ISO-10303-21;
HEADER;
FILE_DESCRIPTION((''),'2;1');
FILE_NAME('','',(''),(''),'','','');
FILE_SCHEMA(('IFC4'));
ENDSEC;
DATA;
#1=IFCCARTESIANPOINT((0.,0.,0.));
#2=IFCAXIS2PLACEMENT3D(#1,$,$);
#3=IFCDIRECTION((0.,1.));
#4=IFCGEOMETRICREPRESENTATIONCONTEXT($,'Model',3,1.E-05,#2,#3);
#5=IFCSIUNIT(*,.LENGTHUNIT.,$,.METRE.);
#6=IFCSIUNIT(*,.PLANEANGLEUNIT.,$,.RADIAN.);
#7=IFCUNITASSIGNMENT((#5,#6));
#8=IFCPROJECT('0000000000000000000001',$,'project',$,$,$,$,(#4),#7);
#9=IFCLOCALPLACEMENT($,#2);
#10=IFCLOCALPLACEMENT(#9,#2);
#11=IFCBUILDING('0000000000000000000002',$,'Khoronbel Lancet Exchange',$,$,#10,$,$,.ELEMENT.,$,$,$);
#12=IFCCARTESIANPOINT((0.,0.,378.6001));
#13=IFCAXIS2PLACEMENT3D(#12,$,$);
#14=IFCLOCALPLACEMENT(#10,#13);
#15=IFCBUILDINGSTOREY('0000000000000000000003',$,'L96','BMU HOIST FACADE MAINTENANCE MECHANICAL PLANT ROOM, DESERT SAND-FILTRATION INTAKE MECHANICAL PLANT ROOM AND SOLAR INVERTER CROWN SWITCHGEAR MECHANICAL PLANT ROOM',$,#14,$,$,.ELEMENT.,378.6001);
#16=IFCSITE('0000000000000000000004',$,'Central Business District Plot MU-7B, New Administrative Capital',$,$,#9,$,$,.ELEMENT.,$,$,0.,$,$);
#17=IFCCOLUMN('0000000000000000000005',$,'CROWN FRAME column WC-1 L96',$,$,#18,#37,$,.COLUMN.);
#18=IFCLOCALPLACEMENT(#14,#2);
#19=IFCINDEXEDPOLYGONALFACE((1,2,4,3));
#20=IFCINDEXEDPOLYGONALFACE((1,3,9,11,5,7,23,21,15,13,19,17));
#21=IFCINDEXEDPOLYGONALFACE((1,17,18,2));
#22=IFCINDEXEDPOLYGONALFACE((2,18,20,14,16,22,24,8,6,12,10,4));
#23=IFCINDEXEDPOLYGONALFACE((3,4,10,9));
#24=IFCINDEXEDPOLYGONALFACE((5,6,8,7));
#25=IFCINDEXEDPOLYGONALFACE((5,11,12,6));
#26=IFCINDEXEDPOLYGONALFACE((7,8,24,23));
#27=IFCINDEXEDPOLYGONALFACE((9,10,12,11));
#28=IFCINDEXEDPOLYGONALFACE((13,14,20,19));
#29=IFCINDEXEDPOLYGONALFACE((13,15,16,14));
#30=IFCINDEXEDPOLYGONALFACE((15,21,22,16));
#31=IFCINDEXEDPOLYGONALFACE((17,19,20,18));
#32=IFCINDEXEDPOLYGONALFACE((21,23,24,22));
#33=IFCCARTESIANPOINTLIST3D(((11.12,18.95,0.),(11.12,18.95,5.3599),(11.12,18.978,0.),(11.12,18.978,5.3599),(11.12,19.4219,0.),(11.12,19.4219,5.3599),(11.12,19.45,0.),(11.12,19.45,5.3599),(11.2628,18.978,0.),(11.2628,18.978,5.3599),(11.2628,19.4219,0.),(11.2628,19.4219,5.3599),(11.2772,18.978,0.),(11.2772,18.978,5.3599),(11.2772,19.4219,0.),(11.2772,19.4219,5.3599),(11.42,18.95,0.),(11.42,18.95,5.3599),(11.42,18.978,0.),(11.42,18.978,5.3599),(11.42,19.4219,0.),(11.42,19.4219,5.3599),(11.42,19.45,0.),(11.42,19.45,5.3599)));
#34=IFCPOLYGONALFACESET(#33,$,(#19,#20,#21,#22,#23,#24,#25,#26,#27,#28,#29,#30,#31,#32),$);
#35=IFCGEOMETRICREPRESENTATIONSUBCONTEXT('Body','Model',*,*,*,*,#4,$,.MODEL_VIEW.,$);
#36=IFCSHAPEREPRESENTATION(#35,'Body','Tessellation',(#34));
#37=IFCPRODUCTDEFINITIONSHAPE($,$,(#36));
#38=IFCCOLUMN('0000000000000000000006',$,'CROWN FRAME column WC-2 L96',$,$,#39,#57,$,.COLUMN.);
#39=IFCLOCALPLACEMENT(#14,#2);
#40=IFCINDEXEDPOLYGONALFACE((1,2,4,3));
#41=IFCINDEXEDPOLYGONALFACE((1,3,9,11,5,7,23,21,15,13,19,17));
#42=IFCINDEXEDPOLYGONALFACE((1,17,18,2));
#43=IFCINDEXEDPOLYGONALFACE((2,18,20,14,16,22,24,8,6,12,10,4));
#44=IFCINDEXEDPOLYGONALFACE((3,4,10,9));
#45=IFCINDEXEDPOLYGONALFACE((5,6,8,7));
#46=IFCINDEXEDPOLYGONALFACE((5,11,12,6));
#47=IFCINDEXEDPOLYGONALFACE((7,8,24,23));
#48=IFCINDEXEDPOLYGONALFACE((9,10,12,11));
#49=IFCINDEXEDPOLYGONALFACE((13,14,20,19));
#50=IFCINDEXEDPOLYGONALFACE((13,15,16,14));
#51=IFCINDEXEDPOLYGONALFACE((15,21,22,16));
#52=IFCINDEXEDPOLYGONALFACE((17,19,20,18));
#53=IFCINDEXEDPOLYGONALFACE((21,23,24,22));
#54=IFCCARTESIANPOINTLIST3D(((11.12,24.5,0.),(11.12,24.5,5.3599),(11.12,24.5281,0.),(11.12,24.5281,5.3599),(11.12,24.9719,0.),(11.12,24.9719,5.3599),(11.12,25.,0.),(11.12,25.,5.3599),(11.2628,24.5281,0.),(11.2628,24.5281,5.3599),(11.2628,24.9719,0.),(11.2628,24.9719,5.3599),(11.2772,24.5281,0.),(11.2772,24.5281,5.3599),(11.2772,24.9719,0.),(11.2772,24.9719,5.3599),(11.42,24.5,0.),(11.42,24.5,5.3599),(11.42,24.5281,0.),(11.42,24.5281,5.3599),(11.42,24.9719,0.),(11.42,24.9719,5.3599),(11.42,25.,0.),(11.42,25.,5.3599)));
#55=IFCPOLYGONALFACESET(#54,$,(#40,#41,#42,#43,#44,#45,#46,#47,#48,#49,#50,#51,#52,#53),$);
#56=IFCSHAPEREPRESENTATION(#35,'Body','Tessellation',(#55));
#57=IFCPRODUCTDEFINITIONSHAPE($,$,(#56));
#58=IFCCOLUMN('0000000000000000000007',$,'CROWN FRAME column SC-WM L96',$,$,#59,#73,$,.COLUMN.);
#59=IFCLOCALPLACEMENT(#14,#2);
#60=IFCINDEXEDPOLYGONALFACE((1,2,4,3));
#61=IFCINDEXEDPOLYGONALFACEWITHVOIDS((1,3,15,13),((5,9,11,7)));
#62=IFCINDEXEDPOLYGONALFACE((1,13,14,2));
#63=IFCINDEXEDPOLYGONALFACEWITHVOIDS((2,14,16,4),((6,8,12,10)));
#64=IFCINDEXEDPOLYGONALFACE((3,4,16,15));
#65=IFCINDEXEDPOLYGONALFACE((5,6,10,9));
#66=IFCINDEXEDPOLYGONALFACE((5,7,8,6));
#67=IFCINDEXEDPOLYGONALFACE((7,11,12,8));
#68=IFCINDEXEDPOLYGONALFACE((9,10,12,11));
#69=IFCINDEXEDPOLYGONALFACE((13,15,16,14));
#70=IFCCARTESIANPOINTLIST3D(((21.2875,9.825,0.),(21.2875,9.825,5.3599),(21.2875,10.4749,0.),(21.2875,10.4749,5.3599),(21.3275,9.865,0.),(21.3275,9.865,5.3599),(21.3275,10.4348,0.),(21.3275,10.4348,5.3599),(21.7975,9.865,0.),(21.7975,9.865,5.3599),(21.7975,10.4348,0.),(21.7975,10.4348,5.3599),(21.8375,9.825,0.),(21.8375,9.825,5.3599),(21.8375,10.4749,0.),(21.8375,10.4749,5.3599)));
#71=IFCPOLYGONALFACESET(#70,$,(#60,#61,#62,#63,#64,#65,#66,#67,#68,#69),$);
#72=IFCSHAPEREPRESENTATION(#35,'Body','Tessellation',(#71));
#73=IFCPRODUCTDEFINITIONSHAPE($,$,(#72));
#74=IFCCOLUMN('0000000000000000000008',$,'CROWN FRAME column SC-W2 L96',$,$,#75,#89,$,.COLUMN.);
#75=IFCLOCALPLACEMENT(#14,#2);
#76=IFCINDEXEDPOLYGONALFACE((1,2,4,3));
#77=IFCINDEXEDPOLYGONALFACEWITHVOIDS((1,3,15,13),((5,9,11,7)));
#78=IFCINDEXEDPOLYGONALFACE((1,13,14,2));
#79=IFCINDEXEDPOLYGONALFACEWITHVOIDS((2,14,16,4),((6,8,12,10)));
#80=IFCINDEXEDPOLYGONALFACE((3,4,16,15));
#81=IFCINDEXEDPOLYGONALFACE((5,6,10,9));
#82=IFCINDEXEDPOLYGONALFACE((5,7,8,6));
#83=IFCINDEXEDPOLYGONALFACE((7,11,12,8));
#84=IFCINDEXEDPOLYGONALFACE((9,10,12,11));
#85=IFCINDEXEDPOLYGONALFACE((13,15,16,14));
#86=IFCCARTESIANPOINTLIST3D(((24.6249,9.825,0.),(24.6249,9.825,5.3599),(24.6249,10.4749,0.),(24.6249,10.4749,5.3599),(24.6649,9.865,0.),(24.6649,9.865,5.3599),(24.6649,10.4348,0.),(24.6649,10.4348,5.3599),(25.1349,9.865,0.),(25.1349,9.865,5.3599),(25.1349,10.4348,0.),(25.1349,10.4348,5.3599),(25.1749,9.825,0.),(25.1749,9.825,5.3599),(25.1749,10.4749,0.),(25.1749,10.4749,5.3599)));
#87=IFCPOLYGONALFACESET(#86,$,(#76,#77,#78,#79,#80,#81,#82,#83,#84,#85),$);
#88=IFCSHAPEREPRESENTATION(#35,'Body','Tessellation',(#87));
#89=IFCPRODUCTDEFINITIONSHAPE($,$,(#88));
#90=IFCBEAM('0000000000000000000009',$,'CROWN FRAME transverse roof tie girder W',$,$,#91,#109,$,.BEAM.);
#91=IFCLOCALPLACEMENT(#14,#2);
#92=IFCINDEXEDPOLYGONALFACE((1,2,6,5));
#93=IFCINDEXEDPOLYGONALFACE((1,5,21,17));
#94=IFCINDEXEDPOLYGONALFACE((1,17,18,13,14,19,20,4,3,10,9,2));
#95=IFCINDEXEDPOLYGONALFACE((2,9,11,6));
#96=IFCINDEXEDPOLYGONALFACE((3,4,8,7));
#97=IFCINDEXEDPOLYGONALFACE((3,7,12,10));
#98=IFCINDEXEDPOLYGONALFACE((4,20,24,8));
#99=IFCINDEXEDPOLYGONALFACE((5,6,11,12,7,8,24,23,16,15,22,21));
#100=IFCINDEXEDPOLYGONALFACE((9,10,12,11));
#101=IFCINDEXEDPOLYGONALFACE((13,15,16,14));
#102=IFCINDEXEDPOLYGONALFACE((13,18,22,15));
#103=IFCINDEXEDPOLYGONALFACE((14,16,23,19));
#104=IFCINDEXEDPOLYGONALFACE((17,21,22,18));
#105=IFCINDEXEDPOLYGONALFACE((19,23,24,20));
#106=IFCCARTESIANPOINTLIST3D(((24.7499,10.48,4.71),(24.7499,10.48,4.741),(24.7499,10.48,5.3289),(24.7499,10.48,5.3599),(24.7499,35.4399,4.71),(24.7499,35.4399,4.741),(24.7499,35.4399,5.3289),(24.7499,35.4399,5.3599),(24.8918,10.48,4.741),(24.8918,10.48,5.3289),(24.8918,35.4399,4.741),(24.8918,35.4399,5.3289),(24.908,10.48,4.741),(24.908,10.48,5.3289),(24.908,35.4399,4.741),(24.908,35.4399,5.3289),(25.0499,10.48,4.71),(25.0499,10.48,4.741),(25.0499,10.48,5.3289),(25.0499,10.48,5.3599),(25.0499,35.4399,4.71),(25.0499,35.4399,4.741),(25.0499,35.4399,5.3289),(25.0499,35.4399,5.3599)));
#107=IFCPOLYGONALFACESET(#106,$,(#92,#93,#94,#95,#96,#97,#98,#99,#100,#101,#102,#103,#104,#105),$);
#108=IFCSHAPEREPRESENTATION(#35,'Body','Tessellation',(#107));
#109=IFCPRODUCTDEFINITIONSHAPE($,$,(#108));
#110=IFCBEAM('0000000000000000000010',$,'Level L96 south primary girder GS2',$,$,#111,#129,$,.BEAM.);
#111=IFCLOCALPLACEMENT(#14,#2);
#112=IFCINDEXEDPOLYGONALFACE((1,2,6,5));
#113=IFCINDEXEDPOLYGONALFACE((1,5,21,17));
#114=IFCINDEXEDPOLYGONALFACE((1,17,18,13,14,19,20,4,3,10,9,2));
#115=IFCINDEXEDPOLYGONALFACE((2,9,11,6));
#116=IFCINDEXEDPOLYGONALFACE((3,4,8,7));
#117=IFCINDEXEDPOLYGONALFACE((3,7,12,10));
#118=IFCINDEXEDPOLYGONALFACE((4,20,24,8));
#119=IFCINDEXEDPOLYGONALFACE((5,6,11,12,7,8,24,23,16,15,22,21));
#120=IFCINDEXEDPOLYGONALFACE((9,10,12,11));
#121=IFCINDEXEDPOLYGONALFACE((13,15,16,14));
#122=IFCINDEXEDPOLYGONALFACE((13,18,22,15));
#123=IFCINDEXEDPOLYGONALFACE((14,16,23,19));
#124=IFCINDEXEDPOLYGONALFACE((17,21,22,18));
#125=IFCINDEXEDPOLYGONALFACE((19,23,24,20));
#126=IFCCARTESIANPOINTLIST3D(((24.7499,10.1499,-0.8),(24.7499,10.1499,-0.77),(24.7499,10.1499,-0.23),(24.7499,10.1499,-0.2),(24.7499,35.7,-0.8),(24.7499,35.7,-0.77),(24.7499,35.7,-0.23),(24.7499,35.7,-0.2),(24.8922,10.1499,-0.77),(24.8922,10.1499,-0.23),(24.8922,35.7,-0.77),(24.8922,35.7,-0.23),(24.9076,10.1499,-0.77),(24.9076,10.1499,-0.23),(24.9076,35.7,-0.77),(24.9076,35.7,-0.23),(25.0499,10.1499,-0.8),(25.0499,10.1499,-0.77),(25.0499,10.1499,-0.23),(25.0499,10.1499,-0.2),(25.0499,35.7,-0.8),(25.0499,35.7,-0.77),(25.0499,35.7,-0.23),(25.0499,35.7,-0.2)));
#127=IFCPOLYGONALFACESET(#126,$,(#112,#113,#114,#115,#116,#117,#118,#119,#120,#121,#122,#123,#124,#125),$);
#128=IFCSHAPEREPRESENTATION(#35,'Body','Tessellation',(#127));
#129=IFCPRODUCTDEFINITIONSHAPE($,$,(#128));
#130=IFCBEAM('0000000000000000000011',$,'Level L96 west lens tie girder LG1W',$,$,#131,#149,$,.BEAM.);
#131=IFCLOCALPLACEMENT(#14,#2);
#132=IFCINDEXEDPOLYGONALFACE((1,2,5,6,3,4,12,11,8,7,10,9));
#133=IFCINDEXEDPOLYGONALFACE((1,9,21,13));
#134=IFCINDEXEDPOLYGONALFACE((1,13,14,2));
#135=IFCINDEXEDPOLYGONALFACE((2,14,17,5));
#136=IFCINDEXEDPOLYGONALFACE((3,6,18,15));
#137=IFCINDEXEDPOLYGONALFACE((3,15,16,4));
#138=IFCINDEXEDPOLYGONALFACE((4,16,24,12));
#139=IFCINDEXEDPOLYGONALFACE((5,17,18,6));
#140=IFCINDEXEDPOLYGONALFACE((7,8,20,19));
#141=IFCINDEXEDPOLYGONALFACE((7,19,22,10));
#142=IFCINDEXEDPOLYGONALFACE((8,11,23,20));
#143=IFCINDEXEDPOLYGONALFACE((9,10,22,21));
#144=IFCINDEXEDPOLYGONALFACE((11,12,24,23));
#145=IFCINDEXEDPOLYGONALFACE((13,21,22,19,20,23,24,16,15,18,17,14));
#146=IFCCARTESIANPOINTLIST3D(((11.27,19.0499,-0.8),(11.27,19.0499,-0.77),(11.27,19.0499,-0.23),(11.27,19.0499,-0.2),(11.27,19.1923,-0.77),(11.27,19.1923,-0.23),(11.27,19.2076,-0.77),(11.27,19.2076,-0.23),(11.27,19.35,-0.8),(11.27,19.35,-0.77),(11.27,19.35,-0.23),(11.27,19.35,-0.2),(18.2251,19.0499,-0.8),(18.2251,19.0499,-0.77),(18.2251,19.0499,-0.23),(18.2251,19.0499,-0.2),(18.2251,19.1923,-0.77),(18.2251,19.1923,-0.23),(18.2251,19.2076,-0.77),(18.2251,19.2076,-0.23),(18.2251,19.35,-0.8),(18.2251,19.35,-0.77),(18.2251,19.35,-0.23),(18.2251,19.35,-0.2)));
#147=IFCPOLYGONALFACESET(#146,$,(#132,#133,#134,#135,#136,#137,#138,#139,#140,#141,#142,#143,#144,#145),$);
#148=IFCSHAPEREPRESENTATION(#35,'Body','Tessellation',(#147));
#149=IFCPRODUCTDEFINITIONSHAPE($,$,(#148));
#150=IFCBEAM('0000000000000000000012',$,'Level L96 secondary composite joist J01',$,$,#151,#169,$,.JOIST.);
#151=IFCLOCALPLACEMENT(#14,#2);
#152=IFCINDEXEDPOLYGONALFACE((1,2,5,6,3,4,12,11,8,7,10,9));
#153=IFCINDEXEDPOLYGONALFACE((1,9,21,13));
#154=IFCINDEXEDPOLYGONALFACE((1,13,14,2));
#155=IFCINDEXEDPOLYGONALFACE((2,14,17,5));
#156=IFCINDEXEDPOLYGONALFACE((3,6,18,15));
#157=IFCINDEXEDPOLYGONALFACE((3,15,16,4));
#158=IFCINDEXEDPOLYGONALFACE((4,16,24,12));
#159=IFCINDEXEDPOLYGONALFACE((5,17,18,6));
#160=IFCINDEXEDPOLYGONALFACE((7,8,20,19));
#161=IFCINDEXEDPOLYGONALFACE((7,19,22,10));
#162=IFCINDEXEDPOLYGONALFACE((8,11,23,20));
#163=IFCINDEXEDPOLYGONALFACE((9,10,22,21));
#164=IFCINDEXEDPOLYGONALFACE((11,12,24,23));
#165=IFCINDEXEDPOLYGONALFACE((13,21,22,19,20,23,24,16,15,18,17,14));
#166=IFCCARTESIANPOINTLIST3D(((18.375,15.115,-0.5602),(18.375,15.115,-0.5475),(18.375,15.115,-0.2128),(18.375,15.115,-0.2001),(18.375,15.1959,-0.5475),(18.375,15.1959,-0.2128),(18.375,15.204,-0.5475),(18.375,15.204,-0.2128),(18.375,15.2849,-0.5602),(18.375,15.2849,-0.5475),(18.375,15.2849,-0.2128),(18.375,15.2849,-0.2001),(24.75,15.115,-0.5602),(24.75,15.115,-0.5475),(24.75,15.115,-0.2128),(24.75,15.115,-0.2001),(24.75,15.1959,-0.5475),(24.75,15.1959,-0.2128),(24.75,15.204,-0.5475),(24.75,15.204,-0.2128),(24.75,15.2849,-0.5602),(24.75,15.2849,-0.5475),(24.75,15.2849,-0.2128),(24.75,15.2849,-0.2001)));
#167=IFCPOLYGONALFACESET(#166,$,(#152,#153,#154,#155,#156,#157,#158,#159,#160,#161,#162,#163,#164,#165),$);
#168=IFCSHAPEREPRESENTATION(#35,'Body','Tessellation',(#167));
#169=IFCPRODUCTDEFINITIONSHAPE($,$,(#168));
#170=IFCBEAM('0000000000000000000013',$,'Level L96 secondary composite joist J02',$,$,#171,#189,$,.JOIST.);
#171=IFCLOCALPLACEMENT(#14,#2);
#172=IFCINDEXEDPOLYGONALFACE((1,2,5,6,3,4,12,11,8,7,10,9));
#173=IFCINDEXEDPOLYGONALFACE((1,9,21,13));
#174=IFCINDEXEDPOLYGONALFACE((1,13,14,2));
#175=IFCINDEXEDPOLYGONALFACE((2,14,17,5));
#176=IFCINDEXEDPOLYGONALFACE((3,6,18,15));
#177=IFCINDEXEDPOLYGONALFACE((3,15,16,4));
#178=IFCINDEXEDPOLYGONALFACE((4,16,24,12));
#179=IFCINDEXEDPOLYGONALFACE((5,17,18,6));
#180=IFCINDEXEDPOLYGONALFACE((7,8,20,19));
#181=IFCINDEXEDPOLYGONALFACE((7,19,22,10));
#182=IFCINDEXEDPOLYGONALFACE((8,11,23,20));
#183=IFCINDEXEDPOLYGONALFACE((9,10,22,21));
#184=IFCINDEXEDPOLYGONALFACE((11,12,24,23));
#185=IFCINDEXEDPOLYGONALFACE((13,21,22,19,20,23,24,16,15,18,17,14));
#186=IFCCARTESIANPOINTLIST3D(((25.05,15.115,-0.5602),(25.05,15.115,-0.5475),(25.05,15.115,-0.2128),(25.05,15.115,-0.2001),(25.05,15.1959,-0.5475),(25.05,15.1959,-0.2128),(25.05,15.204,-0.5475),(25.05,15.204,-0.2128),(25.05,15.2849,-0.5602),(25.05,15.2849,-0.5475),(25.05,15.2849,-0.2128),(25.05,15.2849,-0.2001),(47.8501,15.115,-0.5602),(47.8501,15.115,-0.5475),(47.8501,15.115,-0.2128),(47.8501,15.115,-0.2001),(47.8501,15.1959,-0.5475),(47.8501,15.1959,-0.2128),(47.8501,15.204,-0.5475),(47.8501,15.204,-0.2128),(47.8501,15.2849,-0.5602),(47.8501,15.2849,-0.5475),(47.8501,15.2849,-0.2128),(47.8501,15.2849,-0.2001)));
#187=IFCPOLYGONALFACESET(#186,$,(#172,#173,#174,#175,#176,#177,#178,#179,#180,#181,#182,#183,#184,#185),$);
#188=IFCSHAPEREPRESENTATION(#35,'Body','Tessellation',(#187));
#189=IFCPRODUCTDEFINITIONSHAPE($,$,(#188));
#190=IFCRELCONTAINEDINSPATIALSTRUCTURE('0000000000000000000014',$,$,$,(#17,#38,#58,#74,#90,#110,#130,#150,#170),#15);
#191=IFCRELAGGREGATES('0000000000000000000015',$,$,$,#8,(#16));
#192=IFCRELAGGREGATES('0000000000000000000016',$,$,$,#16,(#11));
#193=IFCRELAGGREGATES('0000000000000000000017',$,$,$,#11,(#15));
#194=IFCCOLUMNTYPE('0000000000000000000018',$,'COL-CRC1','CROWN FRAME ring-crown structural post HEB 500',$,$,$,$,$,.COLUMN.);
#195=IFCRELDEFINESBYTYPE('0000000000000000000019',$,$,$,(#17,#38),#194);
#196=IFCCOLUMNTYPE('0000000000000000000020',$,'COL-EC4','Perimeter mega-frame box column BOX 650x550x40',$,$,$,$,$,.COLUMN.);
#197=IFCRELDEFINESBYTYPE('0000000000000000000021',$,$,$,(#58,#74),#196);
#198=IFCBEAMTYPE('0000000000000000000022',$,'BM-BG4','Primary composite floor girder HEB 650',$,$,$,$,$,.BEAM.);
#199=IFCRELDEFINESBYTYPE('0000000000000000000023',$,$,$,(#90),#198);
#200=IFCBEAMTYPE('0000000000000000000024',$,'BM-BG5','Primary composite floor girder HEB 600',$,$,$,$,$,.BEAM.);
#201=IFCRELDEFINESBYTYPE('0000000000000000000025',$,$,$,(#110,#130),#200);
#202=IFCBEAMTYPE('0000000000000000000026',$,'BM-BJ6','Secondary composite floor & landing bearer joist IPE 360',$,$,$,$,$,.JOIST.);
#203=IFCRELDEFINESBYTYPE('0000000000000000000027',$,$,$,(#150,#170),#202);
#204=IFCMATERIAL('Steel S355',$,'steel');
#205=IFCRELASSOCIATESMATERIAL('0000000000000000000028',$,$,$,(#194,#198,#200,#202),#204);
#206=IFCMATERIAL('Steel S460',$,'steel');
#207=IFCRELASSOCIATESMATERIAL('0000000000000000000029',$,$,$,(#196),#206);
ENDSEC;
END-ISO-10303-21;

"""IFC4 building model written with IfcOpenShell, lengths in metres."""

from ifc_helpers import new_model, si_unit, direction, frame, origin, origin_2d, place, context, subcontext, project, spatial, hollow_rectangle, i_section, extrude, material, material_profile, profile_set, type_object, element, save


model = new_model("IFC4")

# Units and contexts
model_context = context("Model", 3, precision=1e-05, world=origin(), true_north=direction((0.0, 1.0)))
body_context = subcontext(model_context, "Body", "Model", "MODEL_VIEW")
ifc_project = project(units=[si_unit("LENGTHUNIT", "METRE"), si_unit("PLANEANGLEUNIT", "RADIAN")], contexts=[model_context])

# Site, building, storey
site_placement = place(None, origin())
site = spatial("IfcSite", under=ifc_project, at=site_placement, Name="Central Business District Plot MU-7B, New Administrative Capital", CompositionType="ELEMENT", RefElevation=0.0)
building_placement = place(site_placement, origin())
building = spatial("IfcBuilding", under=site, at=building_placement, Name="Khoronbel Lancet Exchange", CompositionType="ELEMENT")
storey_placement = place(building_placement, frame((0.0, 0.0, 378.6001)))
storey = spatial("IfcBuildingStorey", under=building, at=storey_placement, Name="L96", Description="BMU HOIST FACADE MAINTENANCE MECHANICAL PLANT ROOM, DESERT SAND-FILTRATION INTAKE MECHANICAL PLANT ROOM AND SOLAR INVERTER CROWN SWITCHGEAR MECHANICAL PLANT ROOM", CompositionType="ELEMENT", Elevation=378.6001)

# Columns
ifc_material_1 = material(Name="Steel S355", Category="steel")
ifc_material_profile_1 = material_profile(ifc_material_1, i_section(OverallWidth=0.3, OverallDepth=0.5, WebThickness=0.0144, FlangeThickness=0.0281, at=origin_2d()), Name="HEB 500")
ifc_profile_set_1 = profile_set([ifc_material_profile_1], Name="Steel S355")
column_type_1 = type_object("IfcColumnType", Name="COL-CRC1", Description="CROWN FRAME ring-crown structural post HEB 500", PredefinedType="COLUMN", material=ifc_profile_set_1)
for number, where, z_axis, x_axis, name in (
    (1, (11.27, 19.2, 0.0), (0.0, 0.0, 1.0), (1.0, 0.0, 0.0), "CROWN FRAME column WC-1 L96"),
    (2, (11.27, 24.75, 0.0), (0.0, 0.0, 1.0), (1.0, 0.0, 0.0), "CROWN FRAME column WC-2 L96"),
):
    element("IfcColumn", number, at=place(storey_placement, frame(where, z_axis=z_axis, x_axis=x_axis)), inside=storey, type_object=column_type_1, Name=name, PredefinedType="COLUMN", context=body_context, shape_type="SweptSolid", body=[
        extrude(i_section(OverallWidth=0.3, OverallDepth=0.5, WebThickness=0.0144, FlangeThickness=0.0281, at=origin_2d()), origin(), (0.0, 0.0, 1.0), 5.3599),
    ])
ifc_material_2 = material(Name="Steel S460", Category="steel")
ifc_material_profile_2 = material_profile(ifc_material_2, hollow_rectangle(XDim=0.55, YDim=0.6499, WallThickness=0.04, at=origin_2d()), Name="BOX 650x550x40")
ifc_profile_set_2 = profile_set([ifc_material_profile_2], Name="Steel S460")
column_type_2 = type_object("IfcColumnType", Name="COL-EC4", Description="Perimeter mega-frame box column BOX 650x550x40", PredefinedType="COLUMN", material=ifc_profile_set_2)
for number, where, z_axis, x_axis, name in (
    (3, (21.5625, 10.1499, 0.0), (0.0, 0.0, 1.0), (1.0, 0.0, 0.0), "CROWN FRAME column SC-WM L96"),
    (4, (24.8999, 10.1499, 0.0), (0.0, 0.0, 1.0), (1.0, 0.0, 0.0), "CROWN FRAME column SC-W2 L96"),
):
    element("IfcColumn", number, at=place(storey_placement, frame(where, z_axis=z_axis, x_axis=x_axis)), inside=storey, type_object=column_type_2, Name=name, PredefinedType="COLUMN", context=body_context, shape_type="SweptSolid", body=[
        extrude(hollow_rectangle(XDim=0.55, YDim=0.6499, WallThickness=0.04, at=origin_2d()), origin(), (0.0, 0.0, 1.0), 5.3599),
    ])

# Beams
ifc_material_profile_3 = material_profile(ifc_material_1, i_section(OverallWidth=0.3, OverallDepth=0.6499, WebThickness=0.0161, FlangeThickness=0.031, at=origin_2d()), Name="HEB 650")
ifc_profile_set_3 = profile_set([ifc_material_profile_3], Name="Steel S355")
beam_type_1 = type_object("IfcBeamType", Name="BM-BG4", Description="Primary composite floor girder HEB 650", PredefinedType="BEAM", material=ifc_profile_set_3)
beam_1_placement = place(storey_placement, frame((24.8999, 10.48, 5.0349), z_axis=(0.0, 1.0, 0.0), x_axis=(-1.0, 0.0, 0.0)))
element("IfcBeam", 5, at=beam_1_placement, inside=storey, type_object=beam_type_1, Name="CROWN FRAME transverse roof tie girder W", PredefinedType="BEAM", context=body_context, shape_type="SweptSolid", body=[
    extrude(i_section(OverallWidth=0.3, OverallDepth=0.6499, WebThickness=0.0161, FlangeThickness=0.031, at=origin_2d()), origin(), (0.0, 0.0, 1.0), 24.96),
])
ifc_material_profile_4 = material_profile(ifc_material_1, i_section(OverallWidth=0.3, OverallDepth=0.6001, WebThickness=0.0154, FlangeThickness=0.03, at=origin_2d()), Name="HEB 600")
ifc_profile_set_4 = profile_set([ifc_material_profile_4], Name="Steel S355")
beam_type_2 = type_object("IfcBeamType", Name="BM-BG5", Description="Primary composite floor girder HEB 600", PredefinedType="BEAM", material=ifc_profile_set_4)
beam_2_placement = place(storey_placement, frame((24.8999, 10.1499, -0.5), z_axis=(0.0, 1.0, 0.0), x_axis=(-1.0, 0.0, 0.0)))
element("IfcBeam", 6, at=beam_2_placement, inside=storey, type_object=beam_type_2, Name="Level L96 south primary girder GS2", PredefinedType="BEAM", context=body_context, shape_type="SweptSolid", body=[
    extrude(i_section(OverallWidth=0.3, OverallDepth=0.6001, WebThickness=0.0154, FlangeThickness=0.03, at=origin_2d()), origin(), (0.0, 0.0, 1.0), 25.55),
])
beam_3_placement = place(storey_placement, frame((11.27, 19.2, -0.5), z_axis=(1.0, 0.0, 0.0), x_axis=(0.0, 1.0, 0.0)))
element("IfcBeam", 7, at=beam_3_placement, inside=storey, type_object=beam_type_2, Name="Level L96 west lens tie girder LG1W", PredefinedType="BEAM", context=body_context, shape_type="SweptSolid", body=[
    extrude(i_section(OverallWidth=0.3, OverallDepth=0.6001, WebThickness=0.0154, FlangeThickness=0.03, at=origin_2d()), origin(), (0.0, 0.0, 1.0), 6.9551),
])
ifc_material_profile_5 = material_profile(ifc_material_1, i_section(OverallWidth=0.1699, OverallDepth=0.3601, WebThickness=0.0081, FlangeThickness=0.0127, at=origin_2d()), Name="IPE 360")
ifc_profile_set_5 = profile_set([ifc_material_profile_5], Name="Steel S355")
beam_type_3 = type_object("IfcBeamType", Name="BM-BJ6", Description="Secondary composite floor & landing bearer joist IPE 360", PredefinedType="JOIST", material=ifc_profile_set_5)
beam_4_placement = place(storey_placement, frame((18.375, 15.2, -0.3801), z_axis=(1.0, 0.0, 0.0), x_axis=(0.0, 1.0, 0.0)))
element("IfcBeam", 8, at=beam_4_placement, inside=storey, type_object=beam_type_3, Name="Level L96 secondary composite joist J01", PredefinedType="JOIST", context=body_context, shape_type="SweptSolid", body=[
    extrude(i_section(OverallWidth=0.1699, OverallDepth=0.3601, WebThickness=0.0081, FlangeThickness=0.0127, at=origin_2d()), origin(), (0.0, 0.0, 1.0), 6.375),
])
beam_5_placement = place(storey_placement, frame((25.05, 15.2, -0.3801), z_axis=(1.0, 0.0, 0.0), x_axis=(0.0, 1.0, 0.0)))
element("IfcBeam", 9, at=beam_5_placement, inside=storey, type_object=beam_type_3, Name="Level L96 secondary composite joist J02", PredefinedType="JOIST", context=body_context, shape_type="SweptSolid", body=[
    extrude(i_section(OverallWidth=0.1699, OverallDepth=0.3601, WebThickness=0.0081, FlangeThickness=0.0127, at=origin_2d()), origin(), (0.0, 0.0, 1.0), 22.8),
])

save(model, "model.ifc")
